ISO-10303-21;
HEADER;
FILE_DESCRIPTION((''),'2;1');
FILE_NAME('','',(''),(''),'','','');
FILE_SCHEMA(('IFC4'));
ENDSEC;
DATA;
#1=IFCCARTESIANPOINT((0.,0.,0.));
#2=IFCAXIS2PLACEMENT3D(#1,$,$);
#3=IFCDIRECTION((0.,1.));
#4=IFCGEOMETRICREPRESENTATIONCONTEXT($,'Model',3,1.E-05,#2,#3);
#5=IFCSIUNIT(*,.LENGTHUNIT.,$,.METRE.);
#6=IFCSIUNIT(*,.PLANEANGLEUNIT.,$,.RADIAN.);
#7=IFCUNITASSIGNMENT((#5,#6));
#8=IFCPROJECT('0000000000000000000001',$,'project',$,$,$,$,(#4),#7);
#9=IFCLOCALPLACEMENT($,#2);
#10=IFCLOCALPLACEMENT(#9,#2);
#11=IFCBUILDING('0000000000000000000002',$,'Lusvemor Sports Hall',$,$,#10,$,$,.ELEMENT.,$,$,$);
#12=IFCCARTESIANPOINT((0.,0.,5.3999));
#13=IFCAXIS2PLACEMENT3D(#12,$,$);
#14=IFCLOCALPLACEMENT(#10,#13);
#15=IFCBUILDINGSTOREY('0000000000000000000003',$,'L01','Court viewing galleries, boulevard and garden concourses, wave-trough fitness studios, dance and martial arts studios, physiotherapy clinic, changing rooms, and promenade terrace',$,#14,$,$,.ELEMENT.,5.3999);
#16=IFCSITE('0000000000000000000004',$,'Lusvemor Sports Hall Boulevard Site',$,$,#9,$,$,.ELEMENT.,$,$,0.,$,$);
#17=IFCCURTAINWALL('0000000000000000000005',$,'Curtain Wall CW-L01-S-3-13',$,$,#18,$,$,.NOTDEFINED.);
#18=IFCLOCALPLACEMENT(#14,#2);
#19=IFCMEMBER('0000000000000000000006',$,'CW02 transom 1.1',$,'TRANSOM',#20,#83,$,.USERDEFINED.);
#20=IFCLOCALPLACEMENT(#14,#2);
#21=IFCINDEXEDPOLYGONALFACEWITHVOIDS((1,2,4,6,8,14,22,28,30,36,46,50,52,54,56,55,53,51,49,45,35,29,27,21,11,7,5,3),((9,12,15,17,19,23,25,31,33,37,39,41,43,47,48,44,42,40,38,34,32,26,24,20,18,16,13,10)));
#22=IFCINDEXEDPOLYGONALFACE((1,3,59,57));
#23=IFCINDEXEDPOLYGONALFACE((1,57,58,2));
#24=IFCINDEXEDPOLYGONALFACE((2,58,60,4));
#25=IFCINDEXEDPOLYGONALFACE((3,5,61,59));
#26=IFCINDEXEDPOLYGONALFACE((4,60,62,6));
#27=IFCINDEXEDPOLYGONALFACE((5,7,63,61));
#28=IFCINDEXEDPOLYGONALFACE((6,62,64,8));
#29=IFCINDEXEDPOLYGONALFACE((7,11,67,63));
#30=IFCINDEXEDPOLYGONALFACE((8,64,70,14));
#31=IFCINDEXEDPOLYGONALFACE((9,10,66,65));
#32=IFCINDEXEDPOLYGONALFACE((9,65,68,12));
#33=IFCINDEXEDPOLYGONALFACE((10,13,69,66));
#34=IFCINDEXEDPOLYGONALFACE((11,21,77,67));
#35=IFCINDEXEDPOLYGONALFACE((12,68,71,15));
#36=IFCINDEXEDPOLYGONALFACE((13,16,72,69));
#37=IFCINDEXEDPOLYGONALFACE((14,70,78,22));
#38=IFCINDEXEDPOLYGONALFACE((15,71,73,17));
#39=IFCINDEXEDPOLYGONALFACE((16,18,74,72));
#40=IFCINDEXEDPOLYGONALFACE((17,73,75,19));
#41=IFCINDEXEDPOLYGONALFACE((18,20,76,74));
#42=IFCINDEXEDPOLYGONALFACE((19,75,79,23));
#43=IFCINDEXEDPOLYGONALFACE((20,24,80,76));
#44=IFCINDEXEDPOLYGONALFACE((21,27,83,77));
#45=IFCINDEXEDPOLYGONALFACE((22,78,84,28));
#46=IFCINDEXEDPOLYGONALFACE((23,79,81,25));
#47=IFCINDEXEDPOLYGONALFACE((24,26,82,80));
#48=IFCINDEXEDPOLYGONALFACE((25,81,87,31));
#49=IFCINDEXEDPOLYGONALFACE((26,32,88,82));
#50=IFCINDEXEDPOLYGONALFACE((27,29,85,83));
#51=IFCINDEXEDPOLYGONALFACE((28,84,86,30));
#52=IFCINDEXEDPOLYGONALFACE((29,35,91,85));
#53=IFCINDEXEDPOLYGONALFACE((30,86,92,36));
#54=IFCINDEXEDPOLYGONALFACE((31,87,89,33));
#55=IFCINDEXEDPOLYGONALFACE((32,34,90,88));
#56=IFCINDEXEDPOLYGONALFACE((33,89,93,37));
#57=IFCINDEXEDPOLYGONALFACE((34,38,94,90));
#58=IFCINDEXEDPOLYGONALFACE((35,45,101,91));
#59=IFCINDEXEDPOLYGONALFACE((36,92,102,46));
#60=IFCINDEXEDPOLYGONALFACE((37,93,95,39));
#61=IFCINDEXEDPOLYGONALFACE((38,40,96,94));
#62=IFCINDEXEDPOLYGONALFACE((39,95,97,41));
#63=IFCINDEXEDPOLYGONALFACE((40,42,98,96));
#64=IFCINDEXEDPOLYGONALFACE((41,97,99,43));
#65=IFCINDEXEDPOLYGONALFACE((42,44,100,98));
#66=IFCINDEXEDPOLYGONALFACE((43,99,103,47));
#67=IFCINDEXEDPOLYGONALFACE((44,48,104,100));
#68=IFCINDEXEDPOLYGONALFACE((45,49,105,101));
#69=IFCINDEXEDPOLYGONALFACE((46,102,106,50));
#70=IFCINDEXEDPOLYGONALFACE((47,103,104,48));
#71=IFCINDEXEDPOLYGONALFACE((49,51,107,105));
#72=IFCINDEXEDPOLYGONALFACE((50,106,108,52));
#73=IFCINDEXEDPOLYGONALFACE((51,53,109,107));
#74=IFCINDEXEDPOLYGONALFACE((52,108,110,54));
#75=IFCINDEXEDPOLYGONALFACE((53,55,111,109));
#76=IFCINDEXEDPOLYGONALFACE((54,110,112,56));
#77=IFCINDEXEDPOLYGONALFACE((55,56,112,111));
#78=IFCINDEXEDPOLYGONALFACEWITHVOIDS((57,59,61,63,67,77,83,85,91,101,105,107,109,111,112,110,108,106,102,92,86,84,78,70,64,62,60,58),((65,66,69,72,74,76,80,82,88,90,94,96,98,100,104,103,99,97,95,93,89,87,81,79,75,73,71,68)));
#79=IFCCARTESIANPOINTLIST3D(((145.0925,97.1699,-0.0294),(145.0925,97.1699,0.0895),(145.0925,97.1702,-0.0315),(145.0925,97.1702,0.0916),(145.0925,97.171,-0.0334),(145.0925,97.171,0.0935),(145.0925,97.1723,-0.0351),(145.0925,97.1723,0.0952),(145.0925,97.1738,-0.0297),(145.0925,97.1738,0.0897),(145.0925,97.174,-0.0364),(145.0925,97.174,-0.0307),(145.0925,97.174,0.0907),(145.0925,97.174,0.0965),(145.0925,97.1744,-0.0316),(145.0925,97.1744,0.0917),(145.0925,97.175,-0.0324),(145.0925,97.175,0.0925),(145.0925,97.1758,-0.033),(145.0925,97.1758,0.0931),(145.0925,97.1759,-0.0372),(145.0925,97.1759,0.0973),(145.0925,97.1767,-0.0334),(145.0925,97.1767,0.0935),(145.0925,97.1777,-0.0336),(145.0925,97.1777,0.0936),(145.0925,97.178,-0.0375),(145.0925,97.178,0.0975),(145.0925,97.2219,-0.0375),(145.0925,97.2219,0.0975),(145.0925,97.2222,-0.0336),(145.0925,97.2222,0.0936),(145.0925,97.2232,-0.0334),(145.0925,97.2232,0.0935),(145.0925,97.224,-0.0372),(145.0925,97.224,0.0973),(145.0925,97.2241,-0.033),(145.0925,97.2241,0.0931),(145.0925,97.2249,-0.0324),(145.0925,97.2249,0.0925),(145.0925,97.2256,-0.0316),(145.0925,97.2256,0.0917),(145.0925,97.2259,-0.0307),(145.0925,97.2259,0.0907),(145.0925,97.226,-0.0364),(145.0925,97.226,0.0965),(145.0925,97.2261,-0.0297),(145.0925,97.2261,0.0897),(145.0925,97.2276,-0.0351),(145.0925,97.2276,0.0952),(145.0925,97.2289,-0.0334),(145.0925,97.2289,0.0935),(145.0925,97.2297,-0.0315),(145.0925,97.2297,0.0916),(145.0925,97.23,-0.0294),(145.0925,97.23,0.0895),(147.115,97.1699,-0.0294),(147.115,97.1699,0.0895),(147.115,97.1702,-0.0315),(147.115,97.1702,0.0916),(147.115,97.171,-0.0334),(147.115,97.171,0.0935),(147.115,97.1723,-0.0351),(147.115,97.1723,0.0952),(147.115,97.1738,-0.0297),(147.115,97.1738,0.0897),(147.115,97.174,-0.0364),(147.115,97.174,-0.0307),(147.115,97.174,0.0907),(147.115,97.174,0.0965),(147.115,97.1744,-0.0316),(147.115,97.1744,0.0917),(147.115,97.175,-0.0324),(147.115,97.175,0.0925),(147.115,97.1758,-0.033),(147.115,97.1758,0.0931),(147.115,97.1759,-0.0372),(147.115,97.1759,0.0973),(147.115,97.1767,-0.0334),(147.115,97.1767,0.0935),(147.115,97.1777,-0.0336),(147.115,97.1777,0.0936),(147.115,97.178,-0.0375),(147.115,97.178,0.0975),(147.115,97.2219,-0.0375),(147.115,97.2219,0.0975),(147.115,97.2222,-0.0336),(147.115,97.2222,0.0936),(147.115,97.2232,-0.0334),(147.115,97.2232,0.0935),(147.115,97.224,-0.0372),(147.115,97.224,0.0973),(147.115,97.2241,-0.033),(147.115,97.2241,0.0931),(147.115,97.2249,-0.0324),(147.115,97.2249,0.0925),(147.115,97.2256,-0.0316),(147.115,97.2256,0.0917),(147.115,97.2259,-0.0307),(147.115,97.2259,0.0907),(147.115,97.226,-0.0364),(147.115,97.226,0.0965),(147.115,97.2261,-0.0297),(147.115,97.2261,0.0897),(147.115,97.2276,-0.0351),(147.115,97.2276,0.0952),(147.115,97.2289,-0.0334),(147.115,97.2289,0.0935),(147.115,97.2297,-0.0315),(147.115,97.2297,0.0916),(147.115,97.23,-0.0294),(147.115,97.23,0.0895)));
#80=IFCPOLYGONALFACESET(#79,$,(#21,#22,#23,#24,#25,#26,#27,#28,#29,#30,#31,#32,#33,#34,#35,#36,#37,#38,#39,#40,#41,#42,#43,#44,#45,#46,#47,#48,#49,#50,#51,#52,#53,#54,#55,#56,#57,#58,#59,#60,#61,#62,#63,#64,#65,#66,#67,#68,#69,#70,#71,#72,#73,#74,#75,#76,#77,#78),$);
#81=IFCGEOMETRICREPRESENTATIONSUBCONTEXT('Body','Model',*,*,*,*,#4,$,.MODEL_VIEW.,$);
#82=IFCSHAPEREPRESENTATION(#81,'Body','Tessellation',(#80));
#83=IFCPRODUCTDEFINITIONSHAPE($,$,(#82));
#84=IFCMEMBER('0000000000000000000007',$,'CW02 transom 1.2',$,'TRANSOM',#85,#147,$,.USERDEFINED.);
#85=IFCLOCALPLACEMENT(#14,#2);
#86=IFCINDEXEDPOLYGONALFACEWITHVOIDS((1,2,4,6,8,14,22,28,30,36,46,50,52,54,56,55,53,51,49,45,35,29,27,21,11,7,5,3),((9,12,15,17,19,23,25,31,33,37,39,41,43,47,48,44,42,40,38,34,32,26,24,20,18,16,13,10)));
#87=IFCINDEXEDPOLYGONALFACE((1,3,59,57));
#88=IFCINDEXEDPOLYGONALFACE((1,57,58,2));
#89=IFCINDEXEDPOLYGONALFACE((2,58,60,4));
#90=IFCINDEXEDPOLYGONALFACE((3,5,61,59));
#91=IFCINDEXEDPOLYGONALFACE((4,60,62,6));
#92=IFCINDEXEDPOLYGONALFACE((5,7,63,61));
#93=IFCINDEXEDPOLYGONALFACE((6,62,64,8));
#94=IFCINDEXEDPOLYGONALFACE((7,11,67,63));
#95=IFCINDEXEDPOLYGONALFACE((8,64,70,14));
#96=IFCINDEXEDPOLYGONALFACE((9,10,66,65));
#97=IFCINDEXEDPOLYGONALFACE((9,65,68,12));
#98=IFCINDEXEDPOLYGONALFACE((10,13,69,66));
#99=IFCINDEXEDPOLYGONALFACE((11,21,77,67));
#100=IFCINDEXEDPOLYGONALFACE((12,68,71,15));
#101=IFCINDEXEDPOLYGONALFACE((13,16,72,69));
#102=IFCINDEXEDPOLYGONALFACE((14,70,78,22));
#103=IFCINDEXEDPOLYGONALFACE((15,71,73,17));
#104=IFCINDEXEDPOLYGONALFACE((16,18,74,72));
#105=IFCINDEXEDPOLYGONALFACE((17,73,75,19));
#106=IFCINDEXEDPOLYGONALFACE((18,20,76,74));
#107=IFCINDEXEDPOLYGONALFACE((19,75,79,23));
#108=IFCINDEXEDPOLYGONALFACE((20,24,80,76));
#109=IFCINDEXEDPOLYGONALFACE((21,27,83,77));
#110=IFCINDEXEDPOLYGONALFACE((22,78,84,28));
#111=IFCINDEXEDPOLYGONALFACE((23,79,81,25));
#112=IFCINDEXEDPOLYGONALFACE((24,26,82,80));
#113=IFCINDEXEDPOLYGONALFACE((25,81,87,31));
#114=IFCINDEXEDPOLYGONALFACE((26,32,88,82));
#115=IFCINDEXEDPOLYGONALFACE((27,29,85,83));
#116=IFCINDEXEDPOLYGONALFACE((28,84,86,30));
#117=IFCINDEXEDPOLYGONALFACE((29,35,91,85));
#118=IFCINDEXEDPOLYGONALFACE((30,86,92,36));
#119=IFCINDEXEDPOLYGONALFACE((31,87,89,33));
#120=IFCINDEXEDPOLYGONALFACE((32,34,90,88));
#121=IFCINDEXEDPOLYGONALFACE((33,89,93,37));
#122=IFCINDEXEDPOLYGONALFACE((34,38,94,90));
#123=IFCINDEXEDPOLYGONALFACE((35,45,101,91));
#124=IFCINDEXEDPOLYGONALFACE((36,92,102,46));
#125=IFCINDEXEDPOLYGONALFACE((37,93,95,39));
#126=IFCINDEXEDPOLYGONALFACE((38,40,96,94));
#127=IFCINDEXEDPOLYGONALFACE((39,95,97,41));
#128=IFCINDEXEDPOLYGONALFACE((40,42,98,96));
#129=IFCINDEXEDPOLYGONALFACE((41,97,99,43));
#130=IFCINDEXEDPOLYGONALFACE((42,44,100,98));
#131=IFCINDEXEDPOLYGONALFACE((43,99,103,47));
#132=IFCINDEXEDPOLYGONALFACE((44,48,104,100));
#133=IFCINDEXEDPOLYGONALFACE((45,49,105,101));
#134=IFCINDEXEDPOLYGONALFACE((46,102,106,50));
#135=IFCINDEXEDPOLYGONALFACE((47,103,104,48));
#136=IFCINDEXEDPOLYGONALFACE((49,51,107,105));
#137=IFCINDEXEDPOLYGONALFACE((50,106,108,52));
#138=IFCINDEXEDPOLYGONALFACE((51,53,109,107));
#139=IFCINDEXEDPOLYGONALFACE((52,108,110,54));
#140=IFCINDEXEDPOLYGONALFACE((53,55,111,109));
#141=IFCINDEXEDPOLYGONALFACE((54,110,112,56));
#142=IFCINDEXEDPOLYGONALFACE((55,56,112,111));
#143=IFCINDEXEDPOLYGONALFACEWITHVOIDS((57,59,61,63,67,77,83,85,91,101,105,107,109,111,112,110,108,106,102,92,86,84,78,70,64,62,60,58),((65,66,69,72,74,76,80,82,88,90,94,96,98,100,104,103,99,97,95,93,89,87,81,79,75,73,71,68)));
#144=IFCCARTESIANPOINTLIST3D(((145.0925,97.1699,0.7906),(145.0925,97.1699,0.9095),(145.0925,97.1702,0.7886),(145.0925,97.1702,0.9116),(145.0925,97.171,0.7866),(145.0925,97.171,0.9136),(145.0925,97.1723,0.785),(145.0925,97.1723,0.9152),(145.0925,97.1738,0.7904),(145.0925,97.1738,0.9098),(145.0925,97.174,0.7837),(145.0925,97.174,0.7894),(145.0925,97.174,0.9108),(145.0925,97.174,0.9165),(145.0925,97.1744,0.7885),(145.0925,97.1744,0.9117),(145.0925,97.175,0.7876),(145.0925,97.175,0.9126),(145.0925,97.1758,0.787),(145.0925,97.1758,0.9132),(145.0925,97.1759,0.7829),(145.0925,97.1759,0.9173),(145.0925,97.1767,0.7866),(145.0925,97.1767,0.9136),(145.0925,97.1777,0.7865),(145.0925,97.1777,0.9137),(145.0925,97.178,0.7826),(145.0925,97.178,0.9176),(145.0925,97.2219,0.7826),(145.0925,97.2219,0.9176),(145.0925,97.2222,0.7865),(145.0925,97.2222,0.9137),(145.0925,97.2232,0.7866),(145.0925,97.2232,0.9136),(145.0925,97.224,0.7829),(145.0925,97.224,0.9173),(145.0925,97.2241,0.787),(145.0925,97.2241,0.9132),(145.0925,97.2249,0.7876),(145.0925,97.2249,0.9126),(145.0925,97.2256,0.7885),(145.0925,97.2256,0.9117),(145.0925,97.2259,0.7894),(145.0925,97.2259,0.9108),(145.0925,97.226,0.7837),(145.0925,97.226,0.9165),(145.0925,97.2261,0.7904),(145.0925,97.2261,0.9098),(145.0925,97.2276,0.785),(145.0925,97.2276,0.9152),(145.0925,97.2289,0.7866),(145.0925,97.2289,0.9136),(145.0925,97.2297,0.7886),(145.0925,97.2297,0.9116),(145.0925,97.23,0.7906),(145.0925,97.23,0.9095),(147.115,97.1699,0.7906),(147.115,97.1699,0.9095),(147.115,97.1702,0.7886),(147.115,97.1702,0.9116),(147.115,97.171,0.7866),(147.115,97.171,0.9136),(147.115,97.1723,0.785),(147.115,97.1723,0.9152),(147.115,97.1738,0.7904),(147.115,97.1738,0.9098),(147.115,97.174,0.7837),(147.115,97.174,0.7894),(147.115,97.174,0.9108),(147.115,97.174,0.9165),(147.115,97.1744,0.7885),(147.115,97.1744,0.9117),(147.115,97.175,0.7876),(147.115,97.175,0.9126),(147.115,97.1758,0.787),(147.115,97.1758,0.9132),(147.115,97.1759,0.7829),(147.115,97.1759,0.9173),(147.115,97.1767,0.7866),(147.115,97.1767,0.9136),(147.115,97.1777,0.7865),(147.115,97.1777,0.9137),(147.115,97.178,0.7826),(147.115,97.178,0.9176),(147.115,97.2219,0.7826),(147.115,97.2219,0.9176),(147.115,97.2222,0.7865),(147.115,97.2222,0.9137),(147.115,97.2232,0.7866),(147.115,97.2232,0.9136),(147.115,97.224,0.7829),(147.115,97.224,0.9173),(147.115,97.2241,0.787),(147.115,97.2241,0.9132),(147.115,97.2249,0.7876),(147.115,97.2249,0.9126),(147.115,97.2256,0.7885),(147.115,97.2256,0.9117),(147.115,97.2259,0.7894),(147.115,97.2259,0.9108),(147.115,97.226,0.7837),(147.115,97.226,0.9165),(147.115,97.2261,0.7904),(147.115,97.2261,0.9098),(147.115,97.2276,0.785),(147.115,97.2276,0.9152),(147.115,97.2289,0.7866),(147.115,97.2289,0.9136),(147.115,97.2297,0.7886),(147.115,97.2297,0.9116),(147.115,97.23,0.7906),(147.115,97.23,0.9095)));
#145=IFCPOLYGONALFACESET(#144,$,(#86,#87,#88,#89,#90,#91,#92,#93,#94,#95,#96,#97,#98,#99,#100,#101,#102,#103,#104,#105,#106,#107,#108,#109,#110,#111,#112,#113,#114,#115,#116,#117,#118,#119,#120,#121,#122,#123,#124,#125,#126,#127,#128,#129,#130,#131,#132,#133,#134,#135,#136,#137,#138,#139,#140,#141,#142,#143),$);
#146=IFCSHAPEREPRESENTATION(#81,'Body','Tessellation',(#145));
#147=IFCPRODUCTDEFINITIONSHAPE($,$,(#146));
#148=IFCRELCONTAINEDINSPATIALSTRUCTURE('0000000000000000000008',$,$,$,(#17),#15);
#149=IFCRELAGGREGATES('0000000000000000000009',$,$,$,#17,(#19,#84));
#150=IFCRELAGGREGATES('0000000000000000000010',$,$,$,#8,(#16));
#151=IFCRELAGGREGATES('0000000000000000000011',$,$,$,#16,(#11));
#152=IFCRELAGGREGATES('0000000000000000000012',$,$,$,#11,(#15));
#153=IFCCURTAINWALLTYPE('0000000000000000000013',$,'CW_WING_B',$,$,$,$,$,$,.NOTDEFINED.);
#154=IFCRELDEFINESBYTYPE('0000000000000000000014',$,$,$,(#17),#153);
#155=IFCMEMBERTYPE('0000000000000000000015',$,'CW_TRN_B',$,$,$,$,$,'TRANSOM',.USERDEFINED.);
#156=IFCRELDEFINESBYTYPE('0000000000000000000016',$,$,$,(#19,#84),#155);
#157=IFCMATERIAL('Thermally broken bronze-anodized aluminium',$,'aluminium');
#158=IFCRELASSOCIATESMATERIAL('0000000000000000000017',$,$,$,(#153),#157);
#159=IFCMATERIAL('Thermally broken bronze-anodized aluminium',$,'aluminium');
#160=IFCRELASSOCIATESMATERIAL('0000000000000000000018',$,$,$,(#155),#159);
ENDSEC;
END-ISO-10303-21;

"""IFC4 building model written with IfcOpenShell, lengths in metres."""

from ifc_helpers import new_model, si_unit, direction, frame, origin, origin_2d, place, context, subcontext, project, spatial, hollow_rectangle, extrude, material, material_profile, profile_set, type_object, element, aggregate, save


model = new_model("IFC4")

# Units and contexts
model_context = context("Model", 3, precision=1e-05, world=origin(), true_north=direction((0.0, 1.0)))
body_context = subcontext(model_context, "Body", "Model", "MODEL_VIEW")
ifc_project = project(units=[si_unit("LENGTHUNIT", "METRE"), si_unit("PLANEANGLEUNIT", "RADIAN")], contexts=[model_context])

# Site, building, storey
site_placement = place(None, origin())
site = spatial("IfcSite", under=ifc_project, at=site_placement, Name="Lusvemor Sports Hall Boulevard Site", CompositionType="ELEMENT", RefElevation=0.0)
building_placement = place(site_placement, origin())
building = spatial("IfcBuilding", under=site, at=building_placement, Name="Lusvemor Sports Hall", CompositionType="ELEMENT")
storey_placement = place(building_placement, frame((0.0, 0.0, 5.3999)))
storey = spatial("IfcBuildingStorey", under=building, at=storey_placement, Name="L01", Description="Court viewing galleries, boulevard and garden concourses, wave-trough fitness studios, dance and martial arts studios, physiotherapy clinic, changing rooms, and promenade terrace", CompositionType="ELEMENT", Elevation=5.3999)

# Curtain wall, members
ifc_material_1 = material(Name="Thermally broken bronze-anodized aluminium", Category="aluminium")
curtain_wall_type = type_object("IfcCurtainWallType", Name="CW_WING_B", PredefinedType="NOTDEFINED", material=ifc_material_1)
curtain_wall_placement = place(storey_placement, origin())
curtain_wall = element("IfcCurtainWall", 1, at=curtain_wall_placement, inside=storey, type_object=curtain_wall_type, Name="Curtain Wall CW-L01-S-3-13", PredefinedType="NOTDEFINED")
ifc_material_2 = material(Name="Thermally broken bronze-anodized aluminium", Category="aluminium")
ifc_material_profile_1 = material_profile(ifc_material_2, hollow_rectangle(XDim=0.0601, YDim=0.135, WallThickness=0.0039, InnerFilletRadius=0.0039, OuterFilletRadius=0.0081, at=origin_2d()), Name="CWTRN135x60x4")
ifc_profile_set_1 = profile_set([ifc_material_profile_1], Name="Thermally broken bronze-anodized aluminium")
member_type_1 = type_object("IfcMemberType", Name="CW_TRN_B", ElementType="TRANSOM", PredefinedType="USERDEFINED", material=ifc_profile_set_1)
member_1_placement = place(storey_placement, frame((147.115, 97.2, 0.03), z_axis=(-1.0, 0.0, 0.0), x_axis=(0.0, -1.0, 0.0)))
member_1 = element("IfcMember", 2, at=member_1_placement, type_object=member_type_1, Name="CW02 transom 1.1", ObjectType="TRANSOM", PredefinedType="USERDEFINED", context=body_context, shape_type="SweptSolid", body=[
    extrude(hollow_rectangle(XDim=0.0601, YDim=0.135, WallThickness=0.0039, InnerFilletRadius=0.0039, OuterFilletRadius=0.0081, at=origin_2d()), origin(), (0.0, 0.0, 1.0), 2.0225),
])
member_2_placement = place(storey_placement, frame((147.115, 97.2, 0.8501), z_axis=(-1.0, 0.0, 0.0), x_axis=(0.0, -1.0, 0.0)))
member_2 = element("IfcMember", 3, at=member_2_placement, type_object=member_type_1, Name="CW02 transom 1.2", ObjectType="TRANSOM", PredefinedType="USERDEFINED", context=body_context, shape_type="SweptSolid", body=[
    extrude(hollow_rectangle(XDim=0.0601, YDim=0.135, WallThickness=0.0039, InnerFilletRadius=0.0039, OuterFilletRadius=0.0081, at=origin_2d()), origin(), (0.0, 0.0, 1.0), 2.0225),
])

aggregate(curtain_wall, [member_1, member_2])

save(model, "model.ifc")
